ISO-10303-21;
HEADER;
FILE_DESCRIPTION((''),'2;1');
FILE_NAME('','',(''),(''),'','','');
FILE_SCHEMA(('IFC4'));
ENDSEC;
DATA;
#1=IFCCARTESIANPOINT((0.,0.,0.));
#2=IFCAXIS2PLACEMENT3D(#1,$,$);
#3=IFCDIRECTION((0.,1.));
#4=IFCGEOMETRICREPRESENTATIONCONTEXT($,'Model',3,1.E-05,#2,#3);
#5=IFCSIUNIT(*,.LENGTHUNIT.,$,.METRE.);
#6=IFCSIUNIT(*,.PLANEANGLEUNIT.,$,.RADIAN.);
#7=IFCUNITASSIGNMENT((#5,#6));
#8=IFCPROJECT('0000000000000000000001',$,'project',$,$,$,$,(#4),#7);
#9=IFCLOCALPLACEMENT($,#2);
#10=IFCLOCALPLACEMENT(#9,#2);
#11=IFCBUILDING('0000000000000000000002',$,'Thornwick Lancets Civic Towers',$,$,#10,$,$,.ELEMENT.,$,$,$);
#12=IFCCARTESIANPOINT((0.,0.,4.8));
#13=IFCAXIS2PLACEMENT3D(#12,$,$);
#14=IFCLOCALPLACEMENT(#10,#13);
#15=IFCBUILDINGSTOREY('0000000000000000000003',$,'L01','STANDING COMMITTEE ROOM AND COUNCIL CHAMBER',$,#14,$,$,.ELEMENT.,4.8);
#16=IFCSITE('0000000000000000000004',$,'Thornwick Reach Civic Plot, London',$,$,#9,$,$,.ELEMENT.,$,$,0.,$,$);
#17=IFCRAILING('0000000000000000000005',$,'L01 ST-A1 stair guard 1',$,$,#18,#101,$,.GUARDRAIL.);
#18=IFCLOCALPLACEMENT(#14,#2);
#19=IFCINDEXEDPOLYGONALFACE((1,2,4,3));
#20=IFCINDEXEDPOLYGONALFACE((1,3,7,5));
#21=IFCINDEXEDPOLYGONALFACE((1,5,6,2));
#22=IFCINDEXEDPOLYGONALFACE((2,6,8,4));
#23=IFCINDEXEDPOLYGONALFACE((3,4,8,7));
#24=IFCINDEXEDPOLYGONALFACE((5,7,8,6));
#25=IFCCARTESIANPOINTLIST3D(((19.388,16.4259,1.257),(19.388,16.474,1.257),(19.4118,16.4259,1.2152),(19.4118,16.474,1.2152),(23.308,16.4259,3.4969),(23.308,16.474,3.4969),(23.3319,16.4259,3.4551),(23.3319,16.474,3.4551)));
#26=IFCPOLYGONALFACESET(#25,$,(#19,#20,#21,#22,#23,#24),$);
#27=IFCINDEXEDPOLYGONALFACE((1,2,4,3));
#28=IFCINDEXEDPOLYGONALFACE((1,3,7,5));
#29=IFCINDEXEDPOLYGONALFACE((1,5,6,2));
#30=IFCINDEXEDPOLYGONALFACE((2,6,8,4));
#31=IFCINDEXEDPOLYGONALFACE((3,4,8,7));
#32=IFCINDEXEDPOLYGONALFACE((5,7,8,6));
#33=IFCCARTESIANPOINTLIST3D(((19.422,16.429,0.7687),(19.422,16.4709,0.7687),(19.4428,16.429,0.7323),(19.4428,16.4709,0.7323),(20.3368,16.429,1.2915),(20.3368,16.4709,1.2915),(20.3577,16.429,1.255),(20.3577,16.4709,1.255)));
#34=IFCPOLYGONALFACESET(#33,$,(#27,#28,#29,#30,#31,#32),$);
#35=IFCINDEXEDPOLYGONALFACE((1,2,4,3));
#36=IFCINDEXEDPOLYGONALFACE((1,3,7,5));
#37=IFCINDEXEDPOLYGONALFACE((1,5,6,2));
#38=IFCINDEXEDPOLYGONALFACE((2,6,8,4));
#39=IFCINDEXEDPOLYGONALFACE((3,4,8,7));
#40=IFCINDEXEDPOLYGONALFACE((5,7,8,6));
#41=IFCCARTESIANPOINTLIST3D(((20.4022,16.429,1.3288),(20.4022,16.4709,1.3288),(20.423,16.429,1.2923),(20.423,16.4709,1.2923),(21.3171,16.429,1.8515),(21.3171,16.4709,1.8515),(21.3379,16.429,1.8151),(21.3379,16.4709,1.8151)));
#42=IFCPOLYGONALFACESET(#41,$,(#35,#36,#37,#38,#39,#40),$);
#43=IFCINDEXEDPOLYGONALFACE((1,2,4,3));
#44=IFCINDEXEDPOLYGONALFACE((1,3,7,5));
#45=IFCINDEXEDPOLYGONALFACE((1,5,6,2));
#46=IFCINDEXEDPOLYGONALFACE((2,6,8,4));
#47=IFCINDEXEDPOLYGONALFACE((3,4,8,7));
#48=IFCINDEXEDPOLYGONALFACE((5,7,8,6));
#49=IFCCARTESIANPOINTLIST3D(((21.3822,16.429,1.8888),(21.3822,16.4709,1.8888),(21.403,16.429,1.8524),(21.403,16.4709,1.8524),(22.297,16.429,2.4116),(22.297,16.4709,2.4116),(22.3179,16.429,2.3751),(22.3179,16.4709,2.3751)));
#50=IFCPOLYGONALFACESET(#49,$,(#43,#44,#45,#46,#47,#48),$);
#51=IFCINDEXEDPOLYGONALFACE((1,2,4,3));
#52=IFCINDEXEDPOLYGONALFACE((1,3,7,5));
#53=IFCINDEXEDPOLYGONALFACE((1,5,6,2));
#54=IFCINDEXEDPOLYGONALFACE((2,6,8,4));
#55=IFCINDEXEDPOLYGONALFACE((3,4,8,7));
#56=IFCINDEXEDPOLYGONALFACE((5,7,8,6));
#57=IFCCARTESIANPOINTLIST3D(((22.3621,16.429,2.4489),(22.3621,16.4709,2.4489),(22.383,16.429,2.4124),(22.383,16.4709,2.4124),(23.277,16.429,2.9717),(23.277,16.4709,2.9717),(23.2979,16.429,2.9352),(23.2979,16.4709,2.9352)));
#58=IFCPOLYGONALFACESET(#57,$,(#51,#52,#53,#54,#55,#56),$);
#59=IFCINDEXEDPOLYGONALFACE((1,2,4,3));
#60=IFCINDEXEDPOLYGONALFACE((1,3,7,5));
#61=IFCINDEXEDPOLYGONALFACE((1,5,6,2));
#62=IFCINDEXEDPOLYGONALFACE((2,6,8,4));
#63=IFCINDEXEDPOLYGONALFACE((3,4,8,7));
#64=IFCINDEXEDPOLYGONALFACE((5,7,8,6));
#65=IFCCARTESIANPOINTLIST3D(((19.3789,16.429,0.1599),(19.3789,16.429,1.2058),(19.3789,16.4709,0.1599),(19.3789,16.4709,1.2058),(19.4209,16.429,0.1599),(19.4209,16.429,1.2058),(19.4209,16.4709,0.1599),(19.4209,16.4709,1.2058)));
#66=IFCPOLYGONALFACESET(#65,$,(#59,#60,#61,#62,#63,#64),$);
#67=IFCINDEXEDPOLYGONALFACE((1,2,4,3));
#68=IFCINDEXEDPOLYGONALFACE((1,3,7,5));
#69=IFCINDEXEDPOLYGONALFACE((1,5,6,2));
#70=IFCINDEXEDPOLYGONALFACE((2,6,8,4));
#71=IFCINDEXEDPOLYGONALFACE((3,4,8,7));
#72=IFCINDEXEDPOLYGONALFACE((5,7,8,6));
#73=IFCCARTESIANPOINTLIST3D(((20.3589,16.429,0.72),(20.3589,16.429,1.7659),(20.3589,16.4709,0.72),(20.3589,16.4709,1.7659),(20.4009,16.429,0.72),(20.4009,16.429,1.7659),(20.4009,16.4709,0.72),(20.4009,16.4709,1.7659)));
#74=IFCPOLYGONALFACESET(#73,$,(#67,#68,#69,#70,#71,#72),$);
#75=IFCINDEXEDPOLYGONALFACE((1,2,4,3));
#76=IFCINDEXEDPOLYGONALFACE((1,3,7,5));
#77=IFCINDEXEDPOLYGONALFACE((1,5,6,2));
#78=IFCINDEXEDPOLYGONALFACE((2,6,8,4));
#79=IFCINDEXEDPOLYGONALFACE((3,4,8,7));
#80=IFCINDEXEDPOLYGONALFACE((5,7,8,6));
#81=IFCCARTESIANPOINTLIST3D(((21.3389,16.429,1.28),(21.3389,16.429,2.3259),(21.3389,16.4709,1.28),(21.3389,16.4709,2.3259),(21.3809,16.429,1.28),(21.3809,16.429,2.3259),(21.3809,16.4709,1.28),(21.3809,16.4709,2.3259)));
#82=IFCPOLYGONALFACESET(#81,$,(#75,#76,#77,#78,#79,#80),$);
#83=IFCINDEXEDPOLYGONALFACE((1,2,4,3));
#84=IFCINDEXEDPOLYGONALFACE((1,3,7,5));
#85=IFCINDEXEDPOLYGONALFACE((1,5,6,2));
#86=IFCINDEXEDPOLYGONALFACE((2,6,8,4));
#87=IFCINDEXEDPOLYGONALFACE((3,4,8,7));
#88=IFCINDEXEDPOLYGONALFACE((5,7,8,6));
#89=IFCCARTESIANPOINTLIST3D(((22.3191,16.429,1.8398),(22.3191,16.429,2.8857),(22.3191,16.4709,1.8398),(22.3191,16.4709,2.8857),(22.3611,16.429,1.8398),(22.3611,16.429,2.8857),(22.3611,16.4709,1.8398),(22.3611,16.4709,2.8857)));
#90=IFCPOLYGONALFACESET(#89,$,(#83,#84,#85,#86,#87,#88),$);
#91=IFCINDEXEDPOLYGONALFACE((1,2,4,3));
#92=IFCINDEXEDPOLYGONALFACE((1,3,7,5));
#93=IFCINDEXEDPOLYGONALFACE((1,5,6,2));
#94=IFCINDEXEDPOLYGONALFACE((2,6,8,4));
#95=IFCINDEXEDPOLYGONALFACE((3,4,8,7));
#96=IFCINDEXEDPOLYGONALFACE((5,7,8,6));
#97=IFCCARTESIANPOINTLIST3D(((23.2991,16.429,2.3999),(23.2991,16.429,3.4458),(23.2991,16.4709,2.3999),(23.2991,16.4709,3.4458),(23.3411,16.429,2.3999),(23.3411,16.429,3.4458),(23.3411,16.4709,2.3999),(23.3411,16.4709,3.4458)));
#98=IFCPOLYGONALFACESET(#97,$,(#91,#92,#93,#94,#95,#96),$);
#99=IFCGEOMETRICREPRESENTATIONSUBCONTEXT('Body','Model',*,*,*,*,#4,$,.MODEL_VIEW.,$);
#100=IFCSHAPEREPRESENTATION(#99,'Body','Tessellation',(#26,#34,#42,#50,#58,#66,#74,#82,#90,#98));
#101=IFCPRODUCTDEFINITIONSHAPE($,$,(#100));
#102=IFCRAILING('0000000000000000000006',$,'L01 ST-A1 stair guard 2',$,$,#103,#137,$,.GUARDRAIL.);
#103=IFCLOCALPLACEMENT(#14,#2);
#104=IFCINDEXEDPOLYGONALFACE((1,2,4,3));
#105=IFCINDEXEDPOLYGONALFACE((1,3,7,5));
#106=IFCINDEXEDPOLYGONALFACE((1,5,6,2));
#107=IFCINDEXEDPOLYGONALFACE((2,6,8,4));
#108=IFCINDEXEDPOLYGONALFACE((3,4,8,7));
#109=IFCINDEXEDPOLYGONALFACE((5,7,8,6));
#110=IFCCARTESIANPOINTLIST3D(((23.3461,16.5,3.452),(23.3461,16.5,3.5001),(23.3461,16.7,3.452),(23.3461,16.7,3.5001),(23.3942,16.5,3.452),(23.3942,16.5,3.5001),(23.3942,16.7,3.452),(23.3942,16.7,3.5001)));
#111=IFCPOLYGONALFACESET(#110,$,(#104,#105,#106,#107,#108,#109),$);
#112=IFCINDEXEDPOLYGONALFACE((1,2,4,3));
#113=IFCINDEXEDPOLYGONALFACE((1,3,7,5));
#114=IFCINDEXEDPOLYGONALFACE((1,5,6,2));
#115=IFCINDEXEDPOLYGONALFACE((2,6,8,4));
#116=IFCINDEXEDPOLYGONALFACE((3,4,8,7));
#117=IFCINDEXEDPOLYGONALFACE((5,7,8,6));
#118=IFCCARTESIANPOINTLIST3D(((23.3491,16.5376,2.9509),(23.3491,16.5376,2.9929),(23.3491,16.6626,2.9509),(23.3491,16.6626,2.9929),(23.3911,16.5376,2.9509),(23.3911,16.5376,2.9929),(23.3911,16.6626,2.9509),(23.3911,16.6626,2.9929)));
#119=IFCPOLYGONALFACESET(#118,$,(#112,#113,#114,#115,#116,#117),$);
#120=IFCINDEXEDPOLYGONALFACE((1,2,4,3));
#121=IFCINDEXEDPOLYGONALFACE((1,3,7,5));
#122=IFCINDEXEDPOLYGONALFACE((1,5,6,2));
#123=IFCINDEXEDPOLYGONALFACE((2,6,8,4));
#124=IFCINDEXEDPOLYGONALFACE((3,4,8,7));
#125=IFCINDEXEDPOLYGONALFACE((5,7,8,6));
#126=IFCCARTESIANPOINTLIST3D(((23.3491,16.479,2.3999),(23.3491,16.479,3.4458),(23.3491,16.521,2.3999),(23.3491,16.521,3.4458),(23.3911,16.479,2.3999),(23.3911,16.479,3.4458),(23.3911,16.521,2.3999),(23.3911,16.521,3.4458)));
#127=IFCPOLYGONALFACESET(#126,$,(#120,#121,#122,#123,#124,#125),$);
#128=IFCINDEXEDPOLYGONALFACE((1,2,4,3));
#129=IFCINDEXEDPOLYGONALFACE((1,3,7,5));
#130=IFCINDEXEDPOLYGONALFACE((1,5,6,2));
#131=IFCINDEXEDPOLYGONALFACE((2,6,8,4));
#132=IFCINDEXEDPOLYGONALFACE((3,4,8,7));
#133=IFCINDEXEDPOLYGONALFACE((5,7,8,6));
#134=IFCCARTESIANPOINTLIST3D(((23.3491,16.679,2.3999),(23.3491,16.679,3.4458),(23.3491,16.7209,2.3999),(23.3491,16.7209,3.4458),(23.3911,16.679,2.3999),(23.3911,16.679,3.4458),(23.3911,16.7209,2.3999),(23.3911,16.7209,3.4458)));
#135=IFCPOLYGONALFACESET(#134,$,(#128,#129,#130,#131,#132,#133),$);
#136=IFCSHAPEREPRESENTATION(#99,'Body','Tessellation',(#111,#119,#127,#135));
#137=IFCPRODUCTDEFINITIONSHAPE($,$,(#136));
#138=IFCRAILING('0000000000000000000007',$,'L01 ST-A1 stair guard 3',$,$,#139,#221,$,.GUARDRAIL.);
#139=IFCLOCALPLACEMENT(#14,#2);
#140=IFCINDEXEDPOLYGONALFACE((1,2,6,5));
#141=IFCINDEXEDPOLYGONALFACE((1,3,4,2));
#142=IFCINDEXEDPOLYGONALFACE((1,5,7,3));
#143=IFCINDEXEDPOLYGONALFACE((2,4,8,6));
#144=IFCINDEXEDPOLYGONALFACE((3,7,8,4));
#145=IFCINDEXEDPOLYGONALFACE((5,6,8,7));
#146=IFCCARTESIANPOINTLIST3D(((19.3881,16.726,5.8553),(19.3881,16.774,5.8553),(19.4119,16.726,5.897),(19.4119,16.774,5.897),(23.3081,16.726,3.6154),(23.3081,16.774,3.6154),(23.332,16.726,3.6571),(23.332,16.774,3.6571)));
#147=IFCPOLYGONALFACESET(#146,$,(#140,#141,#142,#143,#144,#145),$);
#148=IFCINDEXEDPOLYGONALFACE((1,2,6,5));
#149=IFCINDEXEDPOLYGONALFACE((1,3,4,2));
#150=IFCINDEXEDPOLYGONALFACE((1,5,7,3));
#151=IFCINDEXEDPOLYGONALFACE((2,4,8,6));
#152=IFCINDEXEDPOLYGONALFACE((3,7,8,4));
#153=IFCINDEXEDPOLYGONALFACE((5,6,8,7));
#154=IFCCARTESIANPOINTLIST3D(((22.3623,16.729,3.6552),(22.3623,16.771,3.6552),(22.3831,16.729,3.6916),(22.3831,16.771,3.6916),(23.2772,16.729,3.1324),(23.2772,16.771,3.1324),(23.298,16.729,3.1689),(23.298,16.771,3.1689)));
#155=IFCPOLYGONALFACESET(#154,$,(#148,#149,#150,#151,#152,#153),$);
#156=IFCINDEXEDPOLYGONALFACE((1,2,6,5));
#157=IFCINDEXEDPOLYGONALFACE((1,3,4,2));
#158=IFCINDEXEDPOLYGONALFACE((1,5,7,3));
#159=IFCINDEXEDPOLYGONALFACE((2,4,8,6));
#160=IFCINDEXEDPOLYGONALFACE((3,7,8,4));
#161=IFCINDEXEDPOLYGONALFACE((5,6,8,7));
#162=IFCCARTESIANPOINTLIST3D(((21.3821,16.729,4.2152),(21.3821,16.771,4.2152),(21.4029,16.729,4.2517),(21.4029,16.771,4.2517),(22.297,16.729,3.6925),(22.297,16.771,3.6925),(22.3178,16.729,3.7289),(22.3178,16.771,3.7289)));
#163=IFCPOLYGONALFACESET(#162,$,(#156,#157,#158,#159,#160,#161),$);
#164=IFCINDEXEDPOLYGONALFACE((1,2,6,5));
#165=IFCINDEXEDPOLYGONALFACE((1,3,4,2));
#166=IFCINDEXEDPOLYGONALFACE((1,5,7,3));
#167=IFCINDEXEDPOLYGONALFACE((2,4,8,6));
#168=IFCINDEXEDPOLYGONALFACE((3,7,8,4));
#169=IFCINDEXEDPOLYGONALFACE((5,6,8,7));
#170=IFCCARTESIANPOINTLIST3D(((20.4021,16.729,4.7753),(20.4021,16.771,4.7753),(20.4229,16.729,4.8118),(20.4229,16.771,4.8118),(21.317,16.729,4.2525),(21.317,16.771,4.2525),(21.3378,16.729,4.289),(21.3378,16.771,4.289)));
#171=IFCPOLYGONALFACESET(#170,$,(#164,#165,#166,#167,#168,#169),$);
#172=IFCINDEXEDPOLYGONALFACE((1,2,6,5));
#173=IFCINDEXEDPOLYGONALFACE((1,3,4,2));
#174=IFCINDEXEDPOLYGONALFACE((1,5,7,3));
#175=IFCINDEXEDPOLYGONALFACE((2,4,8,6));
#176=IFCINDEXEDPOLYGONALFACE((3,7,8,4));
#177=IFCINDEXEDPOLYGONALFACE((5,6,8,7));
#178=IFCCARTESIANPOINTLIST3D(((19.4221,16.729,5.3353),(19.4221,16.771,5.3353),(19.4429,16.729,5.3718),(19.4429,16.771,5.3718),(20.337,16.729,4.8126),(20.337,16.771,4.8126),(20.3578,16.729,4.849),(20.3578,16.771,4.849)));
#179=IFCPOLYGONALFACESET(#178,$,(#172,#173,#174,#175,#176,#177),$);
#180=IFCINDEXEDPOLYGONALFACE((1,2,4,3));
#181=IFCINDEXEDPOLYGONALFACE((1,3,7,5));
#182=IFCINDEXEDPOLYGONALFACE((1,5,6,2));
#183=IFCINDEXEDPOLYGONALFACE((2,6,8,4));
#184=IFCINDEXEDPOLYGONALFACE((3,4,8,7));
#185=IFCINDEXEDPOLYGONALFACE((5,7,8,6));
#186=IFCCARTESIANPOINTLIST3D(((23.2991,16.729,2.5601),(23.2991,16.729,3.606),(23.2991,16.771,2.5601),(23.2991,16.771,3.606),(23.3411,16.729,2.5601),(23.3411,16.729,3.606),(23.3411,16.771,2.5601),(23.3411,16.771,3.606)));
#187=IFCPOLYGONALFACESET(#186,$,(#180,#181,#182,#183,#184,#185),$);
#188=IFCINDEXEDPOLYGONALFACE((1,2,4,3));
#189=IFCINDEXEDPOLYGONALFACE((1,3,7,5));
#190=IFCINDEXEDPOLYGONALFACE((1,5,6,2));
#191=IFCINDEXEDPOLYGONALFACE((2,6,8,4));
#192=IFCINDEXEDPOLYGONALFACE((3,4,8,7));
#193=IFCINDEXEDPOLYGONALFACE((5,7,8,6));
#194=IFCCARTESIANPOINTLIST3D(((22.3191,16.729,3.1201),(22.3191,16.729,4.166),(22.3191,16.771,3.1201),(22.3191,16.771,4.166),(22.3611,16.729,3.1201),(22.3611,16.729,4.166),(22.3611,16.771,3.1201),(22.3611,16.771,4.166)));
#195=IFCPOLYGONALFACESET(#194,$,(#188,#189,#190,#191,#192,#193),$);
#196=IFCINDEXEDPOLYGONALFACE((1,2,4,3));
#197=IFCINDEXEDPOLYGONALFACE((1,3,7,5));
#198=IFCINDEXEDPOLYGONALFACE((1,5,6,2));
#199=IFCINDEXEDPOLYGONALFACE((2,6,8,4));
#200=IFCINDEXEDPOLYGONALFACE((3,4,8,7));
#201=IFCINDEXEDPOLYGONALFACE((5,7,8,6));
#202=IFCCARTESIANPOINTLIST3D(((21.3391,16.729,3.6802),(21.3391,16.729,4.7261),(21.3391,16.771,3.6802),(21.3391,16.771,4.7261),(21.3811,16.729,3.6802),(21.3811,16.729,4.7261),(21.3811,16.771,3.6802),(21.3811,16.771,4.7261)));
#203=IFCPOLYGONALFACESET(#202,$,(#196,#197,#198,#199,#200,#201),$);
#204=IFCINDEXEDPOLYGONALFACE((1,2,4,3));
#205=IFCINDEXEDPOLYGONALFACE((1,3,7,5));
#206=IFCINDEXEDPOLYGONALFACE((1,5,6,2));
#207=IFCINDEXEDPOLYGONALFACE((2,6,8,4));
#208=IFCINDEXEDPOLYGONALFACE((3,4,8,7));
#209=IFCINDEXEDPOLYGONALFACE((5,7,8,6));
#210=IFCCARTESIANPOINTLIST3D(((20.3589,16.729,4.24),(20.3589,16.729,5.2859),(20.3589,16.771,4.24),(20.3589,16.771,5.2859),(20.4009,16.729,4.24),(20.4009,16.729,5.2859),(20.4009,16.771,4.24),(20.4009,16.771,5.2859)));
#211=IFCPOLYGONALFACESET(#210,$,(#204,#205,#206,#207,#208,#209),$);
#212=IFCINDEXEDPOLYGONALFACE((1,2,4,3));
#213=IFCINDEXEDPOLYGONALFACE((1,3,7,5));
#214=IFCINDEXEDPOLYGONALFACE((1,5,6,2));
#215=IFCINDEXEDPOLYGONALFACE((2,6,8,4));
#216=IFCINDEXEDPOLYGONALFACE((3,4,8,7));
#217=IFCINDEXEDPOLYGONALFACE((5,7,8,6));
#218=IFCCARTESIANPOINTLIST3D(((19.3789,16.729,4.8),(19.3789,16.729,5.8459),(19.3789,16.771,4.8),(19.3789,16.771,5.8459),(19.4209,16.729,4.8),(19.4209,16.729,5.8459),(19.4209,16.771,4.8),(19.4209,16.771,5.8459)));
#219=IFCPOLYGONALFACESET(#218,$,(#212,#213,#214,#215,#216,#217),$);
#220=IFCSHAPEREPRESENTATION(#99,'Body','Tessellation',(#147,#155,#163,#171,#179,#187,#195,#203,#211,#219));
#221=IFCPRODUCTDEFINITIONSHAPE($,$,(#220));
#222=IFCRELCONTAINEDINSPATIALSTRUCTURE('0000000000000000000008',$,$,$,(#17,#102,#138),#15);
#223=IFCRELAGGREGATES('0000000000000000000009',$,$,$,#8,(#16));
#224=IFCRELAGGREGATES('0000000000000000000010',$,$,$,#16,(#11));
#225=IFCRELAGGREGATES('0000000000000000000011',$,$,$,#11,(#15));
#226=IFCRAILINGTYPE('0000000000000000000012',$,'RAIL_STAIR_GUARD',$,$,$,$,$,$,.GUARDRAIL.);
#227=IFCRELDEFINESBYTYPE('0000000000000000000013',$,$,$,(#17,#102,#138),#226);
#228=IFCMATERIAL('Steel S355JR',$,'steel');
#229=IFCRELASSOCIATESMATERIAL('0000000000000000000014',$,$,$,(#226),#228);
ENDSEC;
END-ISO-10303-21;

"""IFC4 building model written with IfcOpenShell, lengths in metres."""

from ifc_helpers import new_model, si_unit, direction, frame, origin, origin_2d, place, context, subcontext, project, spatial, rectangle, extrude, material, type_object, element, save


model = new_model("IFC4")

# Units and contexts
model_context = context("Model", 3, precision=1e-05, world=origin(), true_north=direction((0.0, 1.0)))
body_context = subcontext(model_context, "Body", "Model", "MODEL_VIEW")
ifc_project = project(units=[si_unit("LENGTHUNIT", "METRE"), si_unit("PLANEANGLEUNIT", "RADIAN")], contexts=[model_context])

# Site, building, storey
site_placement = place(None, origin())
site = spatial("IfcSite", under=ifc_project, at=site_placement, Name="Thornwick Reach Civic Plot, London", CompositionType="ELEMENT", RefElevation=0.0)
building_placement = place(site_placement, origin())
building = spatial("IfcBuilding", under=site, at=building_placement, Name="Thornwick Lancets Civic Towers", CompositionType="ELEMENT")
storey_placement = place(building_placement, frame((0.0, 0.0, 4.8)))
storey = spatial("IfcBuildingStorey", under=building, at=storey_placement, Name="L01", Description="STANDING COMMITTEE ROOM AND COUNCIL CHAMBER", CompositionType="ELEMENT", Elevation=4.8)

# Shared definitions
ifc_material_1 = material(Name="Steel S355JR", Category="steel")

# Railings
railing_type_1 = type_object("IfcRailingType", Name="RAIL_STAIR_GUARD", PredefinedType="GUARDRAIL", material=ifc_material_1)
railing_1_placement = place(storey_placement, frame((19.3999, 16.45, 0.1599)))
element("IfcRailing", 1, at=railing_1_placement, inside=storey, type_object=railing_type_1, Name="L01 ST-A1 stair guard 1", PredefinedType="GUARDRAIL", context=body_context, shape_type="SweptSolid", body=[
    extrude(rectangle(XDim=0.0481, YDim=0.0481, at=origin_2d()), frame((0.0, 0.0, 1.0762), z_axis=(0.868253, 0.0, 0.496121), x_axis=(0.0, 1.0, 0.0)), (0.0, 0.0, 1.0), 4.5149),
    extrude(rectangle(XDim=0.042, YDim=0.042, at=origin_2d()), frame((0.0325, 0.0, 0.5906), z_axis=(0.868253, 0.0, 0.496121), x_axis=(0.0, 1.0, 0.0)), (0.0, 0.0, 1.0), 1.0537),
    extrude(rectangle(XDim=0.042, YDim=0.042, at=origin_2d()), frame((1.0127, 0.0, 1.1506), z_axis=(0.868253, 0.0, 0.496121), x_axis=(0.0, 1.0, 0.0)), (0.0, 0.0, 1.0), 1.0537),
    extrude(rectangle(XDim=0.042, YDim=0.042, at=origin_2d()), frame((1.9927, 0.0, 1.7107), z_axis=(0.868253, 0.0, 0.496121), x_axis=(0.0, 1.0, 0.0)), (0.0, 0.0, 1.0), 1.0537),
    extrude(rectangle(XDim=0.042, YDim=0.042, at=origin_2d()), frame((2.9727, 0.0, 2.2708), z_axis=(0.868253, 0.0, 0.496121), x_axis=(0.0, 1.0, 0.0)), (0.0, 0.0, 1.0), 1.0537),
    extrude(rectangle(XDim=0.042, YDim=0.042, at=origin_2d()), origin(), (0.0, 0.0, 1.0), 1.0459),
    extrude(rectangle(XDim=0.042, YDim=0.042, at=origin_2d()), frame((0.98, 0.0, 0.5601)), (0.0, 0.0, 1.0), 1.0459),
    extrude(rectangle(XDim=0.042, YDim=0.042, at=origin_2d()), frame((1.96, 0.0, 1.1201)), (0.0, 0.0, 1.0), 1.0459),
    extrude(rectangle(XDim=0.042, YDim=0.042, at=origin_2d()), frame((2.9402, 0.0, 1.6799)), (0.0, 0.0, 1.0), 1.0459),
    extrude(rectangle(XDim=0.042, YDim=0.042, at=origin_2d()), frame((3.9202, 0.0, 2.24)), (0.0, 0.0, 1.0), 1.0459),
])
railing_2_placement = place(storey_placement, frame((23.3701, 16.5, 2.3999)))
element("IfcRailing", 2, at=railing_2_placement, inside=storey, type_object=railing_type_1, Name="L01 ST-A1 stair guard 2", PredefinedType="GUARDRAIL", context=body_context, shape_type="SweptSolid", body=[
    extrude(rectangle(XDim=0.0481, YDim=0.0481, at=origin_2d()), frame((0.0, 0.0, 1.0762), z_axis=(0.0, 1.0, 0.0), x_axis=(-1.0, 0.0, 0.0)), (0.0, 0.0, 1.0), 0.2),
    extrude(rectangle(XDim=0.042, YDim=0.042, at=origin_2d()), frame((0.0, 0.0376, 0.572), z_axis=(0.0, 1.0, 0.0), x_axis=(-1.0, 0.0, 0.0)), (0.0, 0.0, 1.0), 0.125),
    extrude(rectangle(XDim=0.042, YDim=0.042, at=origin_2d()), origin(), (0.0, 0.0, 1.0), 1.0459),
    extrude(rectangle(XDim=0.042, YDim=0.042, at=origin_2d()), frame((0.0, 0.2, 0.0)), (0.0, 0.0, 1.0), 1.0459),
])
railing_3_placement = place(storey_placement, frame((23.3201, 16.75, 2.5601)))
element("IfcRailing", 3, at=railing_3_placement, inside=storey, type_object=railing_type_1, Name="L01 ST-A1 stair guard 3", PredefinedType="GUARDRAIL", context=body_context, shape_type="SweptSolid", body=[
    extrude(rectangle(XDim=0.0481, YDim=0.0481, at=origin_2d()), frame((0.0, 0.0, 1.0762), z_axis=(-0.868253, 0.0, 0.496121), x_axis=(0.0, -1.0, 0.0)), (0.0, 0.0, 1.0), 4.5149),
    extrude(rectangle(XDim=0.042, YDim=0.042, at=origin_2d()), frame((-0.0325, 0.0, 0.5906), z_axis=(-0.868253, 0.0, 0.496121), x_axis=(0.0, -1.0, 0.0)), (0.0, 0.0, 1.0), 1.0537),
    extrude(rectangle(XDim=0.042, YDim=0.042, at=origin_2d()), frame((-1.0127, 0.0, 1.1506), z_axis=(-0.868253, 0.0, 0.496121), x_axis=(0.0, -1.0, 0.0)), (0.0, 0.0, 1.0), 1.0537),
    extrude(rectangle(XDim=0.042, YDim=0.042, at=origin_2d()), frame((-1.9927, 0.0, 1.7107), z_axis=(-0.868253, 0.0, 0.496121), x_axis=(0.0, -1.0, 0.0)), (0.0, 0.0, 1.0), 1.0537),
    extrude(rectangle(XDim=0.042, YDim=0.042, at=origin_2d()), frame((-2.9727, 0.0, 2.2708), z_axis=(-0.868253, 0.0, 0.496121), x_axis=(0.0, -1.0, 0.0)), (0.0, 0.0, 1.0), 1.0537),
    extrude(rectangle(XDim=0.042, YDim=0.042, at=origin_2d()), origin(), (0.0, 0.0, 1.0), 1.0459),
    extrude(rectangle(XDim=0.042, YDim=0.042, at=origin_2d()), frame((-0.98, 0.0, 0.5601)), (0.0, 0.0, 1.0), 1.0459),
    extrude(rectangle(XDim=0.042, YDim=0.042, at=origin_2d()), frame((-1.96, 0.0, 1.1201)), (0.0, 0.0, 1.0), 1.0459),
    extrude(rectangle(XDim=0.042, YDim=0.042, at=origin_2d()), frame((-2.9402, 0.0, 1.6799)), (0.0, 0.0, 1.0), 1.0459),
    extrude(rectangle(XDim=0.042, YDim=0.042, at=origin_2d()), frame((-3.9202, 0.0, 2.24)), (0.0, 0.0, 1.0), 1.0459),
])

save(model, "model.ifc")
